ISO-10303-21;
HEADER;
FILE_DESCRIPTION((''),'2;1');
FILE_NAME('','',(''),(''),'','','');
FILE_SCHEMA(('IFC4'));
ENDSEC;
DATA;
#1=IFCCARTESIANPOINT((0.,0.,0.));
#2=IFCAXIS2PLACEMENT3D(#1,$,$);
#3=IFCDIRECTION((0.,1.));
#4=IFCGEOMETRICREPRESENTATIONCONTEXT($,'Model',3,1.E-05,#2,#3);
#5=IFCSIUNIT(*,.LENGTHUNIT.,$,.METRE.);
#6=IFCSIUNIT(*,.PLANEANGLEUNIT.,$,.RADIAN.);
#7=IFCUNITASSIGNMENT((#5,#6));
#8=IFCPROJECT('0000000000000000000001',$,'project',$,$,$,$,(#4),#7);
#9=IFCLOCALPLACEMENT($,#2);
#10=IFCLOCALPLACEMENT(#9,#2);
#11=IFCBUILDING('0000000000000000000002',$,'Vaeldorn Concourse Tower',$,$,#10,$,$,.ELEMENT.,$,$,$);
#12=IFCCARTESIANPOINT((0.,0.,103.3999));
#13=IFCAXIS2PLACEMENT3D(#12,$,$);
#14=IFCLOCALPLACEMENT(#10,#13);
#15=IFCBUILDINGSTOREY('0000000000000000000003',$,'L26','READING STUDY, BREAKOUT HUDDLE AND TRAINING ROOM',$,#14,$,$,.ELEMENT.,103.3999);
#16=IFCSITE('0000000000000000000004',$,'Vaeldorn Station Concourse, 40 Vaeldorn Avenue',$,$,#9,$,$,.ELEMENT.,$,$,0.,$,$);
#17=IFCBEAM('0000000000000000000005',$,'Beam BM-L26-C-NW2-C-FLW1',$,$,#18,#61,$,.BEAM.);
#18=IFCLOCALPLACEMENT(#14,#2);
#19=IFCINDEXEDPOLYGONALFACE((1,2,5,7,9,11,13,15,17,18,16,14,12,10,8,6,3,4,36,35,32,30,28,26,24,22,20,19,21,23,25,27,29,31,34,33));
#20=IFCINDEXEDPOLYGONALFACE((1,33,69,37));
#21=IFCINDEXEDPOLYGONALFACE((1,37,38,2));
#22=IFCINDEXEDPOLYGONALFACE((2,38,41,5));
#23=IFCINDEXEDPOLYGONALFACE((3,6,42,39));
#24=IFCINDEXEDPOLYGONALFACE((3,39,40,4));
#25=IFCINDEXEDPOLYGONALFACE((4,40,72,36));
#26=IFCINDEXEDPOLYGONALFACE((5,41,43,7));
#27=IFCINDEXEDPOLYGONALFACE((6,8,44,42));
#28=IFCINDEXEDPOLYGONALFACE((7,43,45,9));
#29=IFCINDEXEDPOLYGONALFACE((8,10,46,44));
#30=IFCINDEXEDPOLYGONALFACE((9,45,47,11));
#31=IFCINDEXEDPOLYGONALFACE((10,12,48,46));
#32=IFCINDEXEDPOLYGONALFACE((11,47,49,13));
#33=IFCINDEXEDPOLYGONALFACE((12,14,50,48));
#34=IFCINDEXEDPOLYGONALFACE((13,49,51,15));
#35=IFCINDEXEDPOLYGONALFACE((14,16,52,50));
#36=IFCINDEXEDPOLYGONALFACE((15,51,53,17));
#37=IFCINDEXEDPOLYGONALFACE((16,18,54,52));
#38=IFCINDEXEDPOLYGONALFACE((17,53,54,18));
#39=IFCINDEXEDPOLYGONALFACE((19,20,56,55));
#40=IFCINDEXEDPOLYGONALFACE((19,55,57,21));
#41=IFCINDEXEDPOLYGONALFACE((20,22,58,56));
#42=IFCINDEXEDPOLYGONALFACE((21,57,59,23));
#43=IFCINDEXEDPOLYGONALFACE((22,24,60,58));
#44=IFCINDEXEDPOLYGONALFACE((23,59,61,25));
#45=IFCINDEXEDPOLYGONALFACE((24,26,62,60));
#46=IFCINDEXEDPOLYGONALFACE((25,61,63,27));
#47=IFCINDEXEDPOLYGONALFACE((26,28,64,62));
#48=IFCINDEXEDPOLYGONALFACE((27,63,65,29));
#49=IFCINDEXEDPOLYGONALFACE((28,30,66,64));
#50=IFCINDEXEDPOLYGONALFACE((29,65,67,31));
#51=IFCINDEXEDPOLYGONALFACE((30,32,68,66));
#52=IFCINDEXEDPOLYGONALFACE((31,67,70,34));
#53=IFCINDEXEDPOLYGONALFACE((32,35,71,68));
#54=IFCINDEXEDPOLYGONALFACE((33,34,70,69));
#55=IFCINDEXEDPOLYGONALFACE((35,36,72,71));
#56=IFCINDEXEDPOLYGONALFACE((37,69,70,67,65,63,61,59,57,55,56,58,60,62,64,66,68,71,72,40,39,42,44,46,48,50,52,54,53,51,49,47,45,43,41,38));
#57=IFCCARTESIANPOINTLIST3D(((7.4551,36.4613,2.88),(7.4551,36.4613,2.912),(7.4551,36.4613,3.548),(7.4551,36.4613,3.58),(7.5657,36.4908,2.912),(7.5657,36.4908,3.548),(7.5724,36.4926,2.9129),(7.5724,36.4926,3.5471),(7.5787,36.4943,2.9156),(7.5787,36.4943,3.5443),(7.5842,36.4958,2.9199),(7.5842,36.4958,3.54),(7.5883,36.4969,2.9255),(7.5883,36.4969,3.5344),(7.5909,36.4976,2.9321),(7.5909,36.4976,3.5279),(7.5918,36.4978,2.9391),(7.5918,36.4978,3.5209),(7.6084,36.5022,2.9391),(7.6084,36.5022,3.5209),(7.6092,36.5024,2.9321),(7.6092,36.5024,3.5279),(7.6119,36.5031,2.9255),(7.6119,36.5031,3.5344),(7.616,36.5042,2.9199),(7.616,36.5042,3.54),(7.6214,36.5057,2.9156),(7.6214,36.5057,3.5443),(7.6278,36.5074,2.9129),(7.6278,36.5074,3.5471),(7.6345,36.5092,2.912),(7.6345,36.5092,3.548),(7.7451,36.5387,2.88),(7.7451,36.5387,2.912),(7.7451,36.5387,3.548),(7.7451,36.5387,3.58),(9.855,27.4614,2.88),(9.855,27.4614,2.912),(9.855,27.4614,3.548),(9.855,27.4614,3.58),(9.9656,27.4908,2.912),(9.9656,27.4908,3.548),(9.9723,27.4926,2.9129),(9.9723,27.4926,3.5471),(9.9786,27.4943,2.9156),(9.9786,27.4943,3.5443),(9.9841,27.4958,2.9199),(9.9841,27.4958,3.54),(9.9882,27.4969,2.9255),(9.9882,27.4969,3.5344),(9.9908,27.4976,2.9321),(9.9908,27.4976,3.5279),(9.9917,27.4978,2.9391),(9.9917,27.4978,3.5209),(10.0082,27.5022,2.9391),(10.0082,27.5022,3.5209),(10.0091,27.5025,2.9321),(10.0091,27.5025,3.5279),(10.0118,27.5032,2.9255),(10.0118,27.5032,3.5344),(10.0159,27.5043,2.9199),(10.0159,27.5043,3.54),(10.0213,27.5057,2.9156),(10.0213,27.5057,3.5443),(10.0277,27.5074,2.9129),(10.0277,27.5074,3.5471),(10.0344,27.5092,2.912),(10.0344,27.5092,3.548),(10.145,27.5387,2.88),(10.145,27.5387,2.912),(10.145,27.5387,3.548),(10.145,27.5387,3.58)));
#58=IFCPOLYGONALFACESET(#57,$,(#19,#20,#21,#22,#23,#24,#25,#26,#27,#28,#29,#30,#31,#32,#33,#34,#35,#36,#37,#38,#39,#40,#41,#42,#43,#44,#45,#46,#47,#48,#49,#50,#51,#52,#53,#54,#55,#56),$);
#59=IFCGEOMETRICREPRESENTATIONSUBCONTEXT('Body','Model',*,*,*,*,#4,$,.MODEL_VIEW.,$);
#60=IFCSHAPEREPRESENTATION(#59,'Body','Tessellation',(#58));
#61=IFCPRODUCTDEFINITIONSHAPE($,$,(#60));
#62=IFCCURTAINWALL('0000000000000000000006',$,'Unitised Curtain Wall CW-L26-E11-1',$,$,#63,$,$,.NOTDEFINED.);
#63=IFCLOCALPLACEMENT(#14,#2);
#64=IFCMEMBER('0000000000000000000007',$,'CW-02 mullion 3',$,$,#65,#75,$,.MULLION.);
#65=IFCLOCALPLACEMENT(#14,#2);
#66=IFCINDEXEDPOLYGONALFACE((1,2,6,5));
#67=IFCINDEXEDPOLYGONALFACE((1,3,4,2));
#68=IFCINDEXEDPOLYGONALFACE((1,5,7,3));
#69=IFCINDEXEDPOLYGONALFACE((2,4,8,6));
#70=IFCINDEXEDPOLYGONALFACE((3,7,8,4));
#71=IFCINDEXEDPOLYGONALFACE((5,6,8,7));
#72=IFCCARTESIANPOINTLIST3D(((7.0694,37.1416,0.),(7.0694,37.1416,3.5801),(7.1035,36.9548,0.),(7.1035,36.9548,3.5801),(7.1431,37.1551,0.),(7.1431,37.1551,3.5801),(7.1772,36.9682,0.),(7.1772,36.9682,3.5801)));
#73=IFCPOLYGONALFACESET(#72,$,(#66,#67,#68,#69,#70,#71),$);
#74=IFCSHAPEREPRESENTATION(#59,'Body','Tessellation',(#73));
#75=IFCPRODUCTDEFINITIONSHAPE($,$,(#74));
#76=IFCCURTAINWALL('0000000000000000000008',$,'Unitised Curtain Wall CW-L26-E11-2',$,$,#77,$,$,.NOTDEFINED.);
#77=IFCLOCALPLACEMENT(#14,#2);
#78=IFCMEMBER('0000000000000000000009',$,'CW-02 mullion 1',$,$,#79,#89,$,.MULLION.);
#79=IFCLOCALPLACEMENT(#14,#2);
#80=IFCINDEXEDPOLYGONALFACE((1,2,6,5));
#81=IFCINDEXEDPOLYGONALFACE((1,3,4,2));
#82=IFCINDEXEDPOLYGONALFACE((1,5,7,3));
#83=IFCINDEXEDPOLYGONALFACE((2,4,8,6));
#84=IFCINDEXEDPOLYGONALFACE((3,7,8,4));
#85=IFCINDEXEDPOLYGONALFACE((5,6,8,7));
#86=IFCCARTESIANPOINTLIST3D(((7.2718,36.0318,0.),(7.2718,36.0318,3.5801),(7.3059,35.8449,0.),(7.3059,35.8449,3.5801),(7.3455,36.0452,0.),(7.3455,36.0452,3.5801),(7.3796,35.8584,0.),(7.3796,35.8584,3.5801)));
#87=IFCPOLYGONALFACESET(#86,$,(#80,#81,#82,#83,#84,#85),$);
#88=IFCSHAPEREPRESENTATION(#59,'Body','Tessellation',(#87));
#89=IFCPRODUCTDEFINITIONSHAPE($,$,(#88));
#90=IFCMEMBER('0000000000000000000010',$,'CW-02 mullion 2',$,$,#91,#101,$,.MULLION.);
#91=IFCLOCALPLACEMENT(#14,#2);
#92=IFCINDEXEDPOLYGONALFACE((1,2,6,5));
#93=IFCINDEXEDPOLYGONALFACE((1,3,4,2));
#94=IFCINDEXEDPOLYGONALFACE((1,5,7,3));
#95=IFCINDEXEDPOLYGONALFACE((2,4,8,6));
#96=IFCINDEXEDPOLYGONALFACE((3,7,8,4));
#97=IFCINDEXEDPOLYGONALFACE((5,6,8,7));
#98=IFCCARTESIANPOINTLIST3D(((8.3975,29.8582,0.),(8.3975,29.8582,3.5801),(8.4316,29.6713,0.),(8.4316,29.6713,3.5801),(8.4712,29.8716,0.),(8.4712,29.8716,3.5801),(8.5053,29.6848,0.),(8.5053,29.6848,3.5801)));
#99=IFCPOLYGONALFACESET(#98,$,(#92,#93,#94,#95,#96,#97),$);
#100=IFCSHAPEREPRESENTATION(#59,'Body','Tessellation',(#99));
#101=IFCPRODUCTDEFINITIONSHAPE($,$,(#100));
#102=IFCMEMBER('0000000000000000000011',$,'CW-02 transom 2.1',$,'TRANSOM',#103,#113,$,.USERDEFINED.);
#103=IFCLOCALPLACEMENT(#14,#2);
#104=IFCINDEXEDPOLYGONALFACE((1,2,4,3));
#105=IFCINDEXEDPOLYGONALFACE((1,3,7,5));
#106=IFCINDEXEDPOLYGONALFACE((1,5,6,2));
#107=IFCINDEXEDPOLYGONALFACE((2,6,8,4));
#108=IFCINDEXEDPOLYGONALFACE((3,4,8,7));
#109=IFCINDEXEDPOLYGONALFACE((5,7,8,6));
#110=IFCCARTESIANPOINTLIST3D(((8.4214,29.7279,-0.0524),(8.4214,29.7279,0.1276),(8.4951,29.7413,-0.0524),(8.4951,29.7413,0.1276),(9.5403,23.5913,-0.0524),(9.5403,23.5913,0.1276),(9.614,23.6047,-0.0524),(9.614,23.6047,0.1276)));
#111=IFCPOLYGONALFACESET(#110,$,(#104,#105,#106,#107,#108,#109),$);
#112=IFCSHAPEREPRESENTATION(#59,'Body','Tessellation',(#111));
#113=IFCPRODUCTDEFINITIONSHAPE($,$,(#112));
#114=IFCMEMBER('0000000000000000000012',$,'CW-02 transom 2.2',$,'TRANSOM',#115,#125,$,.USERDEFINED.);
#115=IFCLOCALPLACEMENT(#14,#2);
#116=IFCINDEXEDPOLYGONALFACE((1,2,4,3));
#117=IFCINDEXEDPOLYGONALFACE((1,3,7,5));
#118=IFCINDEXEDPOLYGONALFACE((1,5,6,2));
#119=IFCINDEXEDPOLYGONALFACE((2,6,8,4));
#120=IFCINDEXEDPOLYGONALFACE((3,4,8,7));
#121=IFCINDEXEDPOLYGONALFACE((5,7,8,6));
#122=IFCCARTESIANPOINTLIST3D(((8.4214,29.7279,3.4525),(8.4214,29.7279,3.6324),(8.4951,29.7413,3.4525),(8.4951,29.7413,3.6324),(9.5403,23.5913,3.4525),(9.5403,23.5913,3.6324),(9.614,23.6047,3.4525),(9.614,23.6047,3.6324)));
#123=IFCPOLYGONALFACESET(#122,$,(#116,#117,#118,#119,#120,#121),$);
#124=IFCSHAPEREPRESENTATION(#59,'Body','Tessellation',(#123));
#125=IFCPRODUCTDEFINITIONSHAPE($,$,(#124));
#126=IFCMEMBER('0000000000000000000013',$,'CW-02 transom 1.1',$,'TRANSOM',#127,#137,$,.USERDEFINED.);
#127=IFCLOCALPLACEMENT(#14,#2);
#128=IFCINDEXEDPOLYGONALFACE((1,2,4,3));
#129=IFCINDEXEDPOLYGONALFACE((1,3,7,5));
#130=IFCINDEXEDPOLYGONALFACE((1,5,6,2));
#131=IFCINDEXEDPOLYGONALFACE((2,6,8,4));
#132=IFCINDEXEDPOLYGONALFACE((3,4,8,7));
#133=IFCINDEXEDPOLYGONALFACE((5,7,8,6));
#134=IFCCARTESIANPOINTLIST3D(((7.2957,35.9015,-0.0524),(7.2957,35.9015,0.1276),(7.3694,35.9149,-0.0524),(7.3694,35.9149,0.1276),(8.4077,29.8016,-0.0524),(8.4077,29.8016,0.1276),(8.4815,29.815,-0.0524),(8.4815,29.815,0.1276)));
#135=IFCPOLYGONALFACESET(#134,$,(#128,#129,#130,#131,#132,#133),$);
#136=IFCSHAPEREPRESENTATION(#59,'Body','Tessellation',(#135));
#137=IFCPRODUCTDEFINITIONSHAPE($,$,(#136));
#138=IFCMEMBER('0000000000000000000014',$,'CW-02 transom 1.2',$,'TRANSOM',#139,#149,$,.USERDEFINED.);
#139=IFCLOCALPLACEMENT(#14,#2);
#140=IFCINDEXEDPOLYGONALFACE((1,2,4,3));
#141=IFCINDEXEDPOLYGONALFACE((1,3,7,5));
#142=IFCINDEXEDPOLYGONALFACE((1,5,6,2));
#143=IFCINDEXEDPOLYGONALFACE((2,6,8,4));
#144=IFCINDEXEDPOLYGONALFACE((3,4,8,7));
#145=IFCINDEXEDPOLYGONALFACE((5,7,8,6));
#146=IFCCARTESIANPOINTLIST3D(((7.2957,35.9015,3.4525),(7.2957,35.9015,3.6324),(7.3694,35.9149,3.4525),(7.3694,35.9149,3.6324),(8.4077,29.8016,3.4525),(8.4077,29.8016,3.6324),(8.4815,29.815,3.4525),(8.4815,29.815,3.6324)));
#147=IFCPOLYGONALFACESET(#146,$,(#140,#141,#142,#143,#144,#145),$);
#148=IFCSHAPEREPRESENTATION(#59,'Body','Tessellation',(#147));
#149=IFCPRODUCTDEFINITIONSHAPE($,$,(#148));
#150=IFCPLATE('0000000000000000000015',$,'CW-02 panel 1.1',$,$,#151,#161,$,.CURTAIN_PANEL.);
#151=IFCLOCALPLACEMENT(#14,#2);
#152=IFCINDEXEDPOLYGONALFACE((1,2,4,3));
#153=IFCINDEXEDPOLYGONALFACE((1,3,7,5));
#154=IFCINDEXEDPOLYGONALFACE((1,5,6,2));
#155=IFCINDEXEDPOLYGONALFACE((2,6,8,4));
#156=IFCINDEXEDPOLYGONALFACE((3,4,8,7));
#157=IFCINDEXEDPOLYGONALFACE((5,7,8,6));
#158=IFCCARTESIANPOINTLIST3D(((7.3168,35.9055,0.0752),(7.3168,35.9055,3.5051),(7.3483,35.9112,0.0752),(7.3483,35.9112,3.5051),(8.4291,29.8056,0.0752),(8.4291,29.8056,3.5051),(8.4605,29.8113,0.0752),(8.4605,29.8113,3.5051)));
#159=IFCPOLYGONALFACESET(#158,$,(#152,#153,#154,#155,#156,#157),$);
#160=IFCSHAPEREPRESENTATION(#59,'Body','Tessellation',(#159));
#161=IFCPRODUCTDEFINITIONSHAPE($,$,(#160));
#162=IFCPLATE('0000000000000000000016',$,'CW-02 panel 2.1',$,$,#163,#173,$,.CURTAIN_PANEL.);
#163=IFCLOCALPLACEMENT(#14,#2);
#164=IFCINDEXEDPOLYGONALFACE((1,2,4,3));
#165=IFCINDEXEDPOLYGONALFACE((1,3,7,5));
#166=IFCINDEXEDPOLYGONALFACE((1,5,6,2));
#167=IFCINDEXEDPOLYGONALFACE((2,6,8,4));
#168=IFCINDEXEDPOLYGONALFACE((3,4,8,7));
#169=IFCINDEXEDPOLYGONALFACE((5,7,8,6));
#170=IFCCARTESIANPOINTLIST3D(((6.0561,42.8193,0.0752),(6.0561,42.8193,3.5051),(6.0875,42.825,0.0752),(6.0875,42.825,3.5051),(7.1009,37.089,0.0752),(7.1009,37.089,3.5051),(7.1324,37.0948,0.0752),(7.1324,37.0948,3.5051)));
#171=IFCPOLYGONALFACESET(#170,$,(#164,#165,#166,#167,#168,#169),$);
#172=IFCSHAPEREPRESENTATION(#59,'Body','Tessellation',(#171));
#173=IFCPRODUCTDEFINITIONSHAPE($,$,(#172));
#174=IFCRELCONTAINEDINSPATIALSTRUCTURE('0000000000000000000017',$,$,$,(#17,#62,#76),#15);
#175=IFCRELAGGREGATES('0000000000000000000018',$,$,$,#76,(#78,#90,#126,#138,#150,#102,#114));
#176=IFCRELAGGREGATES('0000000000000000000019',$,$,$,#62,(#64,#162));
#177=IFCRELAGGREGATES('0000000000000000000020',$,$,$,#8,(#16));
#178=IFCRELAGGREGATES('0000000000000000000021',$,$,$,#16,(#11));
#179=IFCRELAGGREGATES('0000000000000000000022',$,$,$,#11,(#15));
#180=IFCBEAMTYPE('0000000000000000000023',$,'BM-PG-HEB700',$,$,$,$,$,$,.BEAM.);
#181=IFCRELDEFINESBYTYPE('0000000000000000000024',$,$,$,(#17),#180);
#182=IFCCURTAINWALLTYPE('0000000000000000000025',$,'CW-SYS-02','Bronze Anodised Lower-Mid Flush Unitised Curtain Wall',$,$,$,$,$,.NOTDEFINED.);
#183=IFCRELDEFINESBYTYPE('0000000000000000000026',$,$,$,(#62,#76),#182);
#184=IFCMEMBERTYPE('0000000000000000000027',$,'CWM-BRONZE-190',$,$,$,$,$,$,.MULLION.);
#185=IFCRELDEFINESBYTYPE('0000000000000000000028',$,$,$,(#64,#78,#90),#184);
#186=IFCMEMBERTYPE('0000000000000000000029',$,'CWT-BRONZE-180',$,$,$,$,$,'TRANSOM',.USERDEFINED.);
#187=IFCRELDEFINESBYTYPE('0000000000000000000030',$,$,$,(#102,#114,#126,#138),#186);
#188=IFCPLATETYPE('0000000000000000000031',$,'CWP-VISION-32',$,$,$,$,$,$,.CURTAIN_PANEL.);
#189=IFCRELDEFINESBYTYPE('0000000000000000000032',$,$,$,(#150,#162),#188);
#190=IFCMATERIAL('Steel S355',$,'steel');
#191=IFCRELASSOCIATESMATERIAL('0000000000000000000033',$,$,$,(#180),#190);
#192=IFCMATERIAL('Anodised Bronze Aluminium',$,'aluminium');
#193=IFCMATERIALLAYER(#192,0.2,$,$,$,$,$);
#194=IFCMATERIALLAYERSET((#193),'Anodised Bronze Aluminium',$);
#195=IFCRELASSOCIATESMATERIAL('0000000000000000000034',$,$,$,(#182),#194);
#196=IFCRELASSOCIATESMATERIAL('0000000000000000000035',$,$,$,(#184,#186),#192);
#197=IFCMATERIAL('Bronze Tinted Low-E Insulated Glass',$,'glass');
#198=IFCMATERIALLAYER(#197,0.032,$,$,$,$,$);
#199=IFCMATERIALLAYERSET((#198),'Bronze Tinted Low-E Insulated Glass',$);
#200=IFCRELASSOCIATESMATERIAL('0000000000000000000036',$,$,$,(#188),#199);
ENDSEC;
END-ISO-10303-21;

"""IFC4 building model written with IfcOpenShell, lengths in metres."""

from ifc_helpers import new_model, si_unit, direction, frame, origin, origin_2d, place, context, subcontext, project, spatial, rectangle, i_section, extrude, source, transform, mapped, material, layer, layer_set, material_profile, profile_set, type_object, element, aggregate, save


model = new_model("IFC4")

# Units and contexts
model_context = context("Model", 3, precision=1e-05, world=origin(), true_north=direction((0.0, 1.0)))
body_context = subcontext(model_context, "Body", "Model", "MODEL_VIEW")
ifc_project = project(units=[si_unit("LENGTHUNIT", "METRE"), si_unit("PLANEANGLEUNIT", "RADIAN")], contexts=[model_context])

# Site, building, storey
site_placement = place(None, origin())
site = spatial("IfcSite", under=ifc_project, at=site_placement, Name="Vaeldorn Station Concourse, 40 Vaeldorn Avenue", CompositionType="ELEMENT", RefElevation=0.0)
building_placement = place(site_placement, origin())
building = spatial("IfcBuilding", under=site, at=building_placement, Name="Vaeldorn Concourse Tower", CompositionType="ELEMENT")
storey_placement = place(building_placement, frame((0.0, 0.0, 103.3999)))
storey = spatial("IfcBuildingStorey", under=building, at=storey_placement, Name="L26", Description="READING STUDY, BREAKOUT HUDDLE AND TRAINING ROOM", CompositionType="ELEMENT", Elevation=103.3999)

# Beam
ifc_material_1 = material(Name="Steel S355", Category="steel")
ifc_material_profile_1 = material_profile(ifc_material_1, i_section(OverallWidth=0.3, OverallDepth=0.7, WebThickness=0.0171, FlangeThickness=0.032, FilletRadius=0.0271, at=origin_2d()), Name="HEB 700")
ifc_profile_set_1 = profile_set([ifc_material_profile_1], Name="Steel S355")
beam_type_1 = type_object("IfcBeamType", Name="BM-PG-HEB700", PredefinedType="BEAM", material=ifc_profile_set_1)
shared_shape_1 = source(origin(), body_context, "Body", "SweptSolid", [
    extrude(i_section(OverallWidth=0.3, OverallDepth=0.7, WebThickness=0.0171, FlangeThickness=0.032, FilletRadius=0.0271, at=origin_2d()), origin(), (0.0, 0.0, 1.0), 9.3145),
])
beam_1_placement = place(storey_placement, frame((7.6001, 36.5, 3.23), z_axis=(0.257653, -0.966238, 0.0), x_axis=(0.966238, 0.257653, 0.0)))
element("IfcBeam", 1, at=beam_1_placement, inside=storey, type_object=beam_type_1, Name="Beam BM-L26-C-NW2-C-FLW1", PredefinedType="BEAM", context=body_context, shape_type="MappedRepresentation", body=[
    mapped(shared_shape_1, transform((0.0, 0.0, 0.0), scale=1.0)),
])

# Curtain wall, member
ifc_material_2 = material(Name="Anodised Bronze Aluminium", Category="aluminium")
ifc_layer_1 = layer(ifc_material_2, 0.2)
ifc_layer_set_1 = layer_set([ifc_layer_1], Name="Anodised Bronze Aluminium")
curtain_wall_type = type_object("IfcCurtainWallType", Name="CW-SYS-02", Description="Bronze Anodised Lower-Mid Flush Unitised Curtain Wall", PredefinedType="NOTDEFINED", material=ifc_layer_set_1)
curtain_wall_1_placement = place(storey_placement, origin())
curtain_wall_1 = element("IfcCurtainWall", 2, at=curtain_wall_1_placement, inside=storey, type_object=curtain_wall_type, Name="Unitised Curtain Wall CW-L26-E11-1", PredefinedType="NOTDEFINED")
ifc_material_profile_2 = material_profile(ifc_material_2, rectangle(XDim=0.075, YDim=0.1899, at=origin_2d()), Name="CWM 75x190")
ifc_profile_set_2 = profile_set([ifc_material_profile_2], Name="Anodised Bronze Aluminium")
member_type_1 = type_object("IfcMemberType", Name="CWM-BRONZE-190", PredefinedType="MULLION", material=ifc_profile_set_2)
shared_shape_2 = source(origin(), body_context, "Body", "SweptSolid", [
    extrude(rectangle(XDim=0.075, YDim=0.1899, at=origin_2d()), origin(), (0.0, 0.0, 1.0), 3.5801),
])
member_1_placement = place(storey_placement, frame((7.1233, 37.0549, 0.0), z_axis=(0.0, 0.0, 1.0), x_axis=(0.983779, 0.179383, 0.0)))
member_1 = element("IfcMember", 3, at=member_1_placement, type_object=member_type_1, Name="CW-02 mullion 3", PredefinedType="MULLION", context=body_context, shape_type="MappedRepresentation", body=[
    mapped(shared_shape_2, transform((0.0, 0.0, 0.0), scale=1.0)),
])

# Curtain wall, members, plate
curtain_wall_2_placement = place(storey_placement, origin())
curtain_wall_2 = element("IfcCurtainWall", 4, at=curtain_wall_2_placement, inside=storey, type_object=curtain_wall_type, Name="Unitised Curtain Wall CW-L26-E11-2", PredefinedType="NOTDEFINED")
member_2_placement = place(storey_placement, frame((7.3257, 35.9451, 0.0), z_axis=(0.0, 0.0, 1.0), x_axis=(0.983779, 0.179384, 0.0)))
member_2 = element("IfcMember", 5, at=member_2_placement, type_object=member_type_1, Name="CW-02 mullion 1", PredefinedType="MULLION", context=body_context, shape_type="MappedRepresentation", body=[
    mapped(shared_shape_2, transform((0.0, 0.0, 0.0), scale=1.0)),
])
member_3_placement = place(storey_placement, frame((8.4514, 29.7715, 0.0), z_axis=(0.0, 0.0, 1.0), x_axis=(0.983779, 0.179384, 0.0)))
member_3 = element("IfcMember", 6, at=member_3_placement, type_object=member_type_1, Name="CW-02 mullion 2", PredefinedType="MULLION", context=body_context, shape_type="MappedRepresentation", body=[
    mapped(shared_shape_2, transform((0.0, 0.0, 0.0), scale=1.0)),
])
ifc_material_profile_3 = material_profile(ifc_material_2, rectangle(XDim=0.075, YDim=0.1799, at=origin_2d()), Name="CWT 75x180")
ifc_profile_set_3 = profile_set([ifc_material_profile_3], Name="Anodised Bronze Aluminium")
member_type_2 = type_object("IfcMemberType", Name="CWT-BRONZE-180", ElementType="TRANSOM", PredefinedType="USERDEFINED", material=ifc_profile_set_3)
shared_shape_3 = source(origin(), body_context, "Body", "SweptSolid", [
    extrude(rectangle(XDim=0.075, YDim=0.1799, at=origin_2d()), origin(), (0.0, 0.0, 1.0), 6.2378),
])
member_4_placement = place(storey_placement, frame((8.4583, 29.7346, 0.0376), z_axis=(0.179371, -0.983781, 0.0), x_axis=(0.983781, 0.179371, 0.0)))
member_4 = element("IfcMember", 7, at=member_4_placement, type_object=member_type_2, Name="CW-02 transom 2.1", ObjectType="TRANSOM", PredefinedType="USERDEFINED", context=body_context, shape_type="MappedRepresentation", body=[
    mapped(shared_shape_3, transform((0.0, 0.0, 0.0), scale=1.0)),
])
member_5_placement = place(storey_placement, frame((8.4583, 29.7346, 3.5425), z_axis=(0.179371, -0.983781, 0.0), x_axis=(0.983781, 0.179371, 0.0)))
member_5 = element("IfcMember", 8, at=member_5_placement, type_object=member_type_2, Name="CW-02 transom 2.2", ObjectType="TRANSOM", PredefinedType="USERDEFINED", context=body_context, shape_type="MappedRepresentation", body=[
    mapped(shared_shape_3, transform((0.0, 0.0, 0.0), scale=1.0)),
])
shared_shape_4 = source(origin(), body_context, "Body", "SweptSolid", [
    extrude(rectangle(XDim=0.075, YDim=0.1799, at=origin_2d()), origin(), (0.0, 0.0, 1.0), 6.2004),
])
member_6_placement = place(storey_placement, frame((7.3325, 35.9082, 0.0376), z_axis=(0.179353, -0.983785, 0.0), x_axis=(0.983785, 0.179353, 0.0)))
member_6 = element("IfcMember", 9, at=member_6_placement, type_object=member_type_2, Name="CW-02 transom 1.1", ObjectType="TRANSOM", PredefinedType="USERDEFINED", context=body_context, shape_type="MappedRepresentation", body=[
    mapped(shared_shape_4, transform((0.0, 0.0, 0.0), scale=1.0)),
])
member_7_placement = place(storey_placement, frame((7.3325, 35.9082, 3.5425), z_axis=(0.179353, -0.983785, 0.0), x_axis=(0.983785, 0.179353, 0.0)))
member_7 = element("IfcMember", 10, at=member_7_placement, type_object=member_type_2, Name="CW-02 transom 1.2", ObjectType="TRANSOM", PredefinedType="USERDEFINED", context=body_context, shape_type="MappedRepresentation", body=[
    mapped(shared_shape_4, transform((0.0, 0.0, 0.0), scale=1.0)),
])
ifc_material_3 = material(Name="Bronze Tinted Low-E Insulated Glass", Category="glass")
ifc_layer_2 = layer(ifc_material_3, 0.032)
ifc_layer_set_2 = layer_set([ifc_layer_2], Name="Bronze Tinted Low-E Insulated Glass")
plate_type = type_object("IfcPlateType", Name="CWP-VISION-32", PredefinedType="CURTAIN_PANEL", material=ifc_layer_set_2)
shared_shape_5 = source(origin(), body_context, "Body", "SweptSolid", [
    extrude(rectangle(XDim=6.2004, YDim=0.032, at=origin_2d()), origin(), (0.0, 0.0, 1.0), 3.4299),
])
plate_1_placement = place(storey_placement, frame((7.8887, 32.8584, 0.0752), z_axis=(0.0, 0.0, 1.0), x_axis=(0.179384, -0.983779, 0.0)))
plate_1 = element("IfcPlate", 11, at=plate_1_placement, type_object=plate_type, Name="CW-02 panel 1.1", PredefinedType="CURTAIN_PANEL", context=body_context, shape_type="MappedRepresentation", body=[
    mapped(shared_shape_5, transform((0.0, 0.0, 0.0), scale=1.0)),
])
aggregate(curtain_wall_2, [member_2, member_3, member_6, member_7, plate_1, member_4, member_5])

# Plate
shared_shape_6 = source(origin(), body_context, "Body", "SweptSolid", [
    extrude(rectangle(XDim=5.8247, YDim=0.032, at=origin_2d()), origin(), (0.0, 0.0, 1.0), 3.4299),
])
plate_2_placement = place(storey_placement, frame((6.5942, 39.957, 0.0752), z_axis=(0.0, 0.0, 1.0), x_axis=(0.179383, -0.983779, 0.0)))
plate_2 = element("IfcPlate", 12, at=plate_2_placement, type_object=plate_type, Name="CW-02 panel 2.1", PredefinedType="CURTAIN_PANEL", context=body_context, shape_type="MappedRepresentation", body=[
    mapped(shared_shape_6, transform((0.0, 0.0, 0.0), scale=1.0)),
])
aggregate(curtain_wall_1, [member_1, plate_2])

save(model, "model.ifc")
